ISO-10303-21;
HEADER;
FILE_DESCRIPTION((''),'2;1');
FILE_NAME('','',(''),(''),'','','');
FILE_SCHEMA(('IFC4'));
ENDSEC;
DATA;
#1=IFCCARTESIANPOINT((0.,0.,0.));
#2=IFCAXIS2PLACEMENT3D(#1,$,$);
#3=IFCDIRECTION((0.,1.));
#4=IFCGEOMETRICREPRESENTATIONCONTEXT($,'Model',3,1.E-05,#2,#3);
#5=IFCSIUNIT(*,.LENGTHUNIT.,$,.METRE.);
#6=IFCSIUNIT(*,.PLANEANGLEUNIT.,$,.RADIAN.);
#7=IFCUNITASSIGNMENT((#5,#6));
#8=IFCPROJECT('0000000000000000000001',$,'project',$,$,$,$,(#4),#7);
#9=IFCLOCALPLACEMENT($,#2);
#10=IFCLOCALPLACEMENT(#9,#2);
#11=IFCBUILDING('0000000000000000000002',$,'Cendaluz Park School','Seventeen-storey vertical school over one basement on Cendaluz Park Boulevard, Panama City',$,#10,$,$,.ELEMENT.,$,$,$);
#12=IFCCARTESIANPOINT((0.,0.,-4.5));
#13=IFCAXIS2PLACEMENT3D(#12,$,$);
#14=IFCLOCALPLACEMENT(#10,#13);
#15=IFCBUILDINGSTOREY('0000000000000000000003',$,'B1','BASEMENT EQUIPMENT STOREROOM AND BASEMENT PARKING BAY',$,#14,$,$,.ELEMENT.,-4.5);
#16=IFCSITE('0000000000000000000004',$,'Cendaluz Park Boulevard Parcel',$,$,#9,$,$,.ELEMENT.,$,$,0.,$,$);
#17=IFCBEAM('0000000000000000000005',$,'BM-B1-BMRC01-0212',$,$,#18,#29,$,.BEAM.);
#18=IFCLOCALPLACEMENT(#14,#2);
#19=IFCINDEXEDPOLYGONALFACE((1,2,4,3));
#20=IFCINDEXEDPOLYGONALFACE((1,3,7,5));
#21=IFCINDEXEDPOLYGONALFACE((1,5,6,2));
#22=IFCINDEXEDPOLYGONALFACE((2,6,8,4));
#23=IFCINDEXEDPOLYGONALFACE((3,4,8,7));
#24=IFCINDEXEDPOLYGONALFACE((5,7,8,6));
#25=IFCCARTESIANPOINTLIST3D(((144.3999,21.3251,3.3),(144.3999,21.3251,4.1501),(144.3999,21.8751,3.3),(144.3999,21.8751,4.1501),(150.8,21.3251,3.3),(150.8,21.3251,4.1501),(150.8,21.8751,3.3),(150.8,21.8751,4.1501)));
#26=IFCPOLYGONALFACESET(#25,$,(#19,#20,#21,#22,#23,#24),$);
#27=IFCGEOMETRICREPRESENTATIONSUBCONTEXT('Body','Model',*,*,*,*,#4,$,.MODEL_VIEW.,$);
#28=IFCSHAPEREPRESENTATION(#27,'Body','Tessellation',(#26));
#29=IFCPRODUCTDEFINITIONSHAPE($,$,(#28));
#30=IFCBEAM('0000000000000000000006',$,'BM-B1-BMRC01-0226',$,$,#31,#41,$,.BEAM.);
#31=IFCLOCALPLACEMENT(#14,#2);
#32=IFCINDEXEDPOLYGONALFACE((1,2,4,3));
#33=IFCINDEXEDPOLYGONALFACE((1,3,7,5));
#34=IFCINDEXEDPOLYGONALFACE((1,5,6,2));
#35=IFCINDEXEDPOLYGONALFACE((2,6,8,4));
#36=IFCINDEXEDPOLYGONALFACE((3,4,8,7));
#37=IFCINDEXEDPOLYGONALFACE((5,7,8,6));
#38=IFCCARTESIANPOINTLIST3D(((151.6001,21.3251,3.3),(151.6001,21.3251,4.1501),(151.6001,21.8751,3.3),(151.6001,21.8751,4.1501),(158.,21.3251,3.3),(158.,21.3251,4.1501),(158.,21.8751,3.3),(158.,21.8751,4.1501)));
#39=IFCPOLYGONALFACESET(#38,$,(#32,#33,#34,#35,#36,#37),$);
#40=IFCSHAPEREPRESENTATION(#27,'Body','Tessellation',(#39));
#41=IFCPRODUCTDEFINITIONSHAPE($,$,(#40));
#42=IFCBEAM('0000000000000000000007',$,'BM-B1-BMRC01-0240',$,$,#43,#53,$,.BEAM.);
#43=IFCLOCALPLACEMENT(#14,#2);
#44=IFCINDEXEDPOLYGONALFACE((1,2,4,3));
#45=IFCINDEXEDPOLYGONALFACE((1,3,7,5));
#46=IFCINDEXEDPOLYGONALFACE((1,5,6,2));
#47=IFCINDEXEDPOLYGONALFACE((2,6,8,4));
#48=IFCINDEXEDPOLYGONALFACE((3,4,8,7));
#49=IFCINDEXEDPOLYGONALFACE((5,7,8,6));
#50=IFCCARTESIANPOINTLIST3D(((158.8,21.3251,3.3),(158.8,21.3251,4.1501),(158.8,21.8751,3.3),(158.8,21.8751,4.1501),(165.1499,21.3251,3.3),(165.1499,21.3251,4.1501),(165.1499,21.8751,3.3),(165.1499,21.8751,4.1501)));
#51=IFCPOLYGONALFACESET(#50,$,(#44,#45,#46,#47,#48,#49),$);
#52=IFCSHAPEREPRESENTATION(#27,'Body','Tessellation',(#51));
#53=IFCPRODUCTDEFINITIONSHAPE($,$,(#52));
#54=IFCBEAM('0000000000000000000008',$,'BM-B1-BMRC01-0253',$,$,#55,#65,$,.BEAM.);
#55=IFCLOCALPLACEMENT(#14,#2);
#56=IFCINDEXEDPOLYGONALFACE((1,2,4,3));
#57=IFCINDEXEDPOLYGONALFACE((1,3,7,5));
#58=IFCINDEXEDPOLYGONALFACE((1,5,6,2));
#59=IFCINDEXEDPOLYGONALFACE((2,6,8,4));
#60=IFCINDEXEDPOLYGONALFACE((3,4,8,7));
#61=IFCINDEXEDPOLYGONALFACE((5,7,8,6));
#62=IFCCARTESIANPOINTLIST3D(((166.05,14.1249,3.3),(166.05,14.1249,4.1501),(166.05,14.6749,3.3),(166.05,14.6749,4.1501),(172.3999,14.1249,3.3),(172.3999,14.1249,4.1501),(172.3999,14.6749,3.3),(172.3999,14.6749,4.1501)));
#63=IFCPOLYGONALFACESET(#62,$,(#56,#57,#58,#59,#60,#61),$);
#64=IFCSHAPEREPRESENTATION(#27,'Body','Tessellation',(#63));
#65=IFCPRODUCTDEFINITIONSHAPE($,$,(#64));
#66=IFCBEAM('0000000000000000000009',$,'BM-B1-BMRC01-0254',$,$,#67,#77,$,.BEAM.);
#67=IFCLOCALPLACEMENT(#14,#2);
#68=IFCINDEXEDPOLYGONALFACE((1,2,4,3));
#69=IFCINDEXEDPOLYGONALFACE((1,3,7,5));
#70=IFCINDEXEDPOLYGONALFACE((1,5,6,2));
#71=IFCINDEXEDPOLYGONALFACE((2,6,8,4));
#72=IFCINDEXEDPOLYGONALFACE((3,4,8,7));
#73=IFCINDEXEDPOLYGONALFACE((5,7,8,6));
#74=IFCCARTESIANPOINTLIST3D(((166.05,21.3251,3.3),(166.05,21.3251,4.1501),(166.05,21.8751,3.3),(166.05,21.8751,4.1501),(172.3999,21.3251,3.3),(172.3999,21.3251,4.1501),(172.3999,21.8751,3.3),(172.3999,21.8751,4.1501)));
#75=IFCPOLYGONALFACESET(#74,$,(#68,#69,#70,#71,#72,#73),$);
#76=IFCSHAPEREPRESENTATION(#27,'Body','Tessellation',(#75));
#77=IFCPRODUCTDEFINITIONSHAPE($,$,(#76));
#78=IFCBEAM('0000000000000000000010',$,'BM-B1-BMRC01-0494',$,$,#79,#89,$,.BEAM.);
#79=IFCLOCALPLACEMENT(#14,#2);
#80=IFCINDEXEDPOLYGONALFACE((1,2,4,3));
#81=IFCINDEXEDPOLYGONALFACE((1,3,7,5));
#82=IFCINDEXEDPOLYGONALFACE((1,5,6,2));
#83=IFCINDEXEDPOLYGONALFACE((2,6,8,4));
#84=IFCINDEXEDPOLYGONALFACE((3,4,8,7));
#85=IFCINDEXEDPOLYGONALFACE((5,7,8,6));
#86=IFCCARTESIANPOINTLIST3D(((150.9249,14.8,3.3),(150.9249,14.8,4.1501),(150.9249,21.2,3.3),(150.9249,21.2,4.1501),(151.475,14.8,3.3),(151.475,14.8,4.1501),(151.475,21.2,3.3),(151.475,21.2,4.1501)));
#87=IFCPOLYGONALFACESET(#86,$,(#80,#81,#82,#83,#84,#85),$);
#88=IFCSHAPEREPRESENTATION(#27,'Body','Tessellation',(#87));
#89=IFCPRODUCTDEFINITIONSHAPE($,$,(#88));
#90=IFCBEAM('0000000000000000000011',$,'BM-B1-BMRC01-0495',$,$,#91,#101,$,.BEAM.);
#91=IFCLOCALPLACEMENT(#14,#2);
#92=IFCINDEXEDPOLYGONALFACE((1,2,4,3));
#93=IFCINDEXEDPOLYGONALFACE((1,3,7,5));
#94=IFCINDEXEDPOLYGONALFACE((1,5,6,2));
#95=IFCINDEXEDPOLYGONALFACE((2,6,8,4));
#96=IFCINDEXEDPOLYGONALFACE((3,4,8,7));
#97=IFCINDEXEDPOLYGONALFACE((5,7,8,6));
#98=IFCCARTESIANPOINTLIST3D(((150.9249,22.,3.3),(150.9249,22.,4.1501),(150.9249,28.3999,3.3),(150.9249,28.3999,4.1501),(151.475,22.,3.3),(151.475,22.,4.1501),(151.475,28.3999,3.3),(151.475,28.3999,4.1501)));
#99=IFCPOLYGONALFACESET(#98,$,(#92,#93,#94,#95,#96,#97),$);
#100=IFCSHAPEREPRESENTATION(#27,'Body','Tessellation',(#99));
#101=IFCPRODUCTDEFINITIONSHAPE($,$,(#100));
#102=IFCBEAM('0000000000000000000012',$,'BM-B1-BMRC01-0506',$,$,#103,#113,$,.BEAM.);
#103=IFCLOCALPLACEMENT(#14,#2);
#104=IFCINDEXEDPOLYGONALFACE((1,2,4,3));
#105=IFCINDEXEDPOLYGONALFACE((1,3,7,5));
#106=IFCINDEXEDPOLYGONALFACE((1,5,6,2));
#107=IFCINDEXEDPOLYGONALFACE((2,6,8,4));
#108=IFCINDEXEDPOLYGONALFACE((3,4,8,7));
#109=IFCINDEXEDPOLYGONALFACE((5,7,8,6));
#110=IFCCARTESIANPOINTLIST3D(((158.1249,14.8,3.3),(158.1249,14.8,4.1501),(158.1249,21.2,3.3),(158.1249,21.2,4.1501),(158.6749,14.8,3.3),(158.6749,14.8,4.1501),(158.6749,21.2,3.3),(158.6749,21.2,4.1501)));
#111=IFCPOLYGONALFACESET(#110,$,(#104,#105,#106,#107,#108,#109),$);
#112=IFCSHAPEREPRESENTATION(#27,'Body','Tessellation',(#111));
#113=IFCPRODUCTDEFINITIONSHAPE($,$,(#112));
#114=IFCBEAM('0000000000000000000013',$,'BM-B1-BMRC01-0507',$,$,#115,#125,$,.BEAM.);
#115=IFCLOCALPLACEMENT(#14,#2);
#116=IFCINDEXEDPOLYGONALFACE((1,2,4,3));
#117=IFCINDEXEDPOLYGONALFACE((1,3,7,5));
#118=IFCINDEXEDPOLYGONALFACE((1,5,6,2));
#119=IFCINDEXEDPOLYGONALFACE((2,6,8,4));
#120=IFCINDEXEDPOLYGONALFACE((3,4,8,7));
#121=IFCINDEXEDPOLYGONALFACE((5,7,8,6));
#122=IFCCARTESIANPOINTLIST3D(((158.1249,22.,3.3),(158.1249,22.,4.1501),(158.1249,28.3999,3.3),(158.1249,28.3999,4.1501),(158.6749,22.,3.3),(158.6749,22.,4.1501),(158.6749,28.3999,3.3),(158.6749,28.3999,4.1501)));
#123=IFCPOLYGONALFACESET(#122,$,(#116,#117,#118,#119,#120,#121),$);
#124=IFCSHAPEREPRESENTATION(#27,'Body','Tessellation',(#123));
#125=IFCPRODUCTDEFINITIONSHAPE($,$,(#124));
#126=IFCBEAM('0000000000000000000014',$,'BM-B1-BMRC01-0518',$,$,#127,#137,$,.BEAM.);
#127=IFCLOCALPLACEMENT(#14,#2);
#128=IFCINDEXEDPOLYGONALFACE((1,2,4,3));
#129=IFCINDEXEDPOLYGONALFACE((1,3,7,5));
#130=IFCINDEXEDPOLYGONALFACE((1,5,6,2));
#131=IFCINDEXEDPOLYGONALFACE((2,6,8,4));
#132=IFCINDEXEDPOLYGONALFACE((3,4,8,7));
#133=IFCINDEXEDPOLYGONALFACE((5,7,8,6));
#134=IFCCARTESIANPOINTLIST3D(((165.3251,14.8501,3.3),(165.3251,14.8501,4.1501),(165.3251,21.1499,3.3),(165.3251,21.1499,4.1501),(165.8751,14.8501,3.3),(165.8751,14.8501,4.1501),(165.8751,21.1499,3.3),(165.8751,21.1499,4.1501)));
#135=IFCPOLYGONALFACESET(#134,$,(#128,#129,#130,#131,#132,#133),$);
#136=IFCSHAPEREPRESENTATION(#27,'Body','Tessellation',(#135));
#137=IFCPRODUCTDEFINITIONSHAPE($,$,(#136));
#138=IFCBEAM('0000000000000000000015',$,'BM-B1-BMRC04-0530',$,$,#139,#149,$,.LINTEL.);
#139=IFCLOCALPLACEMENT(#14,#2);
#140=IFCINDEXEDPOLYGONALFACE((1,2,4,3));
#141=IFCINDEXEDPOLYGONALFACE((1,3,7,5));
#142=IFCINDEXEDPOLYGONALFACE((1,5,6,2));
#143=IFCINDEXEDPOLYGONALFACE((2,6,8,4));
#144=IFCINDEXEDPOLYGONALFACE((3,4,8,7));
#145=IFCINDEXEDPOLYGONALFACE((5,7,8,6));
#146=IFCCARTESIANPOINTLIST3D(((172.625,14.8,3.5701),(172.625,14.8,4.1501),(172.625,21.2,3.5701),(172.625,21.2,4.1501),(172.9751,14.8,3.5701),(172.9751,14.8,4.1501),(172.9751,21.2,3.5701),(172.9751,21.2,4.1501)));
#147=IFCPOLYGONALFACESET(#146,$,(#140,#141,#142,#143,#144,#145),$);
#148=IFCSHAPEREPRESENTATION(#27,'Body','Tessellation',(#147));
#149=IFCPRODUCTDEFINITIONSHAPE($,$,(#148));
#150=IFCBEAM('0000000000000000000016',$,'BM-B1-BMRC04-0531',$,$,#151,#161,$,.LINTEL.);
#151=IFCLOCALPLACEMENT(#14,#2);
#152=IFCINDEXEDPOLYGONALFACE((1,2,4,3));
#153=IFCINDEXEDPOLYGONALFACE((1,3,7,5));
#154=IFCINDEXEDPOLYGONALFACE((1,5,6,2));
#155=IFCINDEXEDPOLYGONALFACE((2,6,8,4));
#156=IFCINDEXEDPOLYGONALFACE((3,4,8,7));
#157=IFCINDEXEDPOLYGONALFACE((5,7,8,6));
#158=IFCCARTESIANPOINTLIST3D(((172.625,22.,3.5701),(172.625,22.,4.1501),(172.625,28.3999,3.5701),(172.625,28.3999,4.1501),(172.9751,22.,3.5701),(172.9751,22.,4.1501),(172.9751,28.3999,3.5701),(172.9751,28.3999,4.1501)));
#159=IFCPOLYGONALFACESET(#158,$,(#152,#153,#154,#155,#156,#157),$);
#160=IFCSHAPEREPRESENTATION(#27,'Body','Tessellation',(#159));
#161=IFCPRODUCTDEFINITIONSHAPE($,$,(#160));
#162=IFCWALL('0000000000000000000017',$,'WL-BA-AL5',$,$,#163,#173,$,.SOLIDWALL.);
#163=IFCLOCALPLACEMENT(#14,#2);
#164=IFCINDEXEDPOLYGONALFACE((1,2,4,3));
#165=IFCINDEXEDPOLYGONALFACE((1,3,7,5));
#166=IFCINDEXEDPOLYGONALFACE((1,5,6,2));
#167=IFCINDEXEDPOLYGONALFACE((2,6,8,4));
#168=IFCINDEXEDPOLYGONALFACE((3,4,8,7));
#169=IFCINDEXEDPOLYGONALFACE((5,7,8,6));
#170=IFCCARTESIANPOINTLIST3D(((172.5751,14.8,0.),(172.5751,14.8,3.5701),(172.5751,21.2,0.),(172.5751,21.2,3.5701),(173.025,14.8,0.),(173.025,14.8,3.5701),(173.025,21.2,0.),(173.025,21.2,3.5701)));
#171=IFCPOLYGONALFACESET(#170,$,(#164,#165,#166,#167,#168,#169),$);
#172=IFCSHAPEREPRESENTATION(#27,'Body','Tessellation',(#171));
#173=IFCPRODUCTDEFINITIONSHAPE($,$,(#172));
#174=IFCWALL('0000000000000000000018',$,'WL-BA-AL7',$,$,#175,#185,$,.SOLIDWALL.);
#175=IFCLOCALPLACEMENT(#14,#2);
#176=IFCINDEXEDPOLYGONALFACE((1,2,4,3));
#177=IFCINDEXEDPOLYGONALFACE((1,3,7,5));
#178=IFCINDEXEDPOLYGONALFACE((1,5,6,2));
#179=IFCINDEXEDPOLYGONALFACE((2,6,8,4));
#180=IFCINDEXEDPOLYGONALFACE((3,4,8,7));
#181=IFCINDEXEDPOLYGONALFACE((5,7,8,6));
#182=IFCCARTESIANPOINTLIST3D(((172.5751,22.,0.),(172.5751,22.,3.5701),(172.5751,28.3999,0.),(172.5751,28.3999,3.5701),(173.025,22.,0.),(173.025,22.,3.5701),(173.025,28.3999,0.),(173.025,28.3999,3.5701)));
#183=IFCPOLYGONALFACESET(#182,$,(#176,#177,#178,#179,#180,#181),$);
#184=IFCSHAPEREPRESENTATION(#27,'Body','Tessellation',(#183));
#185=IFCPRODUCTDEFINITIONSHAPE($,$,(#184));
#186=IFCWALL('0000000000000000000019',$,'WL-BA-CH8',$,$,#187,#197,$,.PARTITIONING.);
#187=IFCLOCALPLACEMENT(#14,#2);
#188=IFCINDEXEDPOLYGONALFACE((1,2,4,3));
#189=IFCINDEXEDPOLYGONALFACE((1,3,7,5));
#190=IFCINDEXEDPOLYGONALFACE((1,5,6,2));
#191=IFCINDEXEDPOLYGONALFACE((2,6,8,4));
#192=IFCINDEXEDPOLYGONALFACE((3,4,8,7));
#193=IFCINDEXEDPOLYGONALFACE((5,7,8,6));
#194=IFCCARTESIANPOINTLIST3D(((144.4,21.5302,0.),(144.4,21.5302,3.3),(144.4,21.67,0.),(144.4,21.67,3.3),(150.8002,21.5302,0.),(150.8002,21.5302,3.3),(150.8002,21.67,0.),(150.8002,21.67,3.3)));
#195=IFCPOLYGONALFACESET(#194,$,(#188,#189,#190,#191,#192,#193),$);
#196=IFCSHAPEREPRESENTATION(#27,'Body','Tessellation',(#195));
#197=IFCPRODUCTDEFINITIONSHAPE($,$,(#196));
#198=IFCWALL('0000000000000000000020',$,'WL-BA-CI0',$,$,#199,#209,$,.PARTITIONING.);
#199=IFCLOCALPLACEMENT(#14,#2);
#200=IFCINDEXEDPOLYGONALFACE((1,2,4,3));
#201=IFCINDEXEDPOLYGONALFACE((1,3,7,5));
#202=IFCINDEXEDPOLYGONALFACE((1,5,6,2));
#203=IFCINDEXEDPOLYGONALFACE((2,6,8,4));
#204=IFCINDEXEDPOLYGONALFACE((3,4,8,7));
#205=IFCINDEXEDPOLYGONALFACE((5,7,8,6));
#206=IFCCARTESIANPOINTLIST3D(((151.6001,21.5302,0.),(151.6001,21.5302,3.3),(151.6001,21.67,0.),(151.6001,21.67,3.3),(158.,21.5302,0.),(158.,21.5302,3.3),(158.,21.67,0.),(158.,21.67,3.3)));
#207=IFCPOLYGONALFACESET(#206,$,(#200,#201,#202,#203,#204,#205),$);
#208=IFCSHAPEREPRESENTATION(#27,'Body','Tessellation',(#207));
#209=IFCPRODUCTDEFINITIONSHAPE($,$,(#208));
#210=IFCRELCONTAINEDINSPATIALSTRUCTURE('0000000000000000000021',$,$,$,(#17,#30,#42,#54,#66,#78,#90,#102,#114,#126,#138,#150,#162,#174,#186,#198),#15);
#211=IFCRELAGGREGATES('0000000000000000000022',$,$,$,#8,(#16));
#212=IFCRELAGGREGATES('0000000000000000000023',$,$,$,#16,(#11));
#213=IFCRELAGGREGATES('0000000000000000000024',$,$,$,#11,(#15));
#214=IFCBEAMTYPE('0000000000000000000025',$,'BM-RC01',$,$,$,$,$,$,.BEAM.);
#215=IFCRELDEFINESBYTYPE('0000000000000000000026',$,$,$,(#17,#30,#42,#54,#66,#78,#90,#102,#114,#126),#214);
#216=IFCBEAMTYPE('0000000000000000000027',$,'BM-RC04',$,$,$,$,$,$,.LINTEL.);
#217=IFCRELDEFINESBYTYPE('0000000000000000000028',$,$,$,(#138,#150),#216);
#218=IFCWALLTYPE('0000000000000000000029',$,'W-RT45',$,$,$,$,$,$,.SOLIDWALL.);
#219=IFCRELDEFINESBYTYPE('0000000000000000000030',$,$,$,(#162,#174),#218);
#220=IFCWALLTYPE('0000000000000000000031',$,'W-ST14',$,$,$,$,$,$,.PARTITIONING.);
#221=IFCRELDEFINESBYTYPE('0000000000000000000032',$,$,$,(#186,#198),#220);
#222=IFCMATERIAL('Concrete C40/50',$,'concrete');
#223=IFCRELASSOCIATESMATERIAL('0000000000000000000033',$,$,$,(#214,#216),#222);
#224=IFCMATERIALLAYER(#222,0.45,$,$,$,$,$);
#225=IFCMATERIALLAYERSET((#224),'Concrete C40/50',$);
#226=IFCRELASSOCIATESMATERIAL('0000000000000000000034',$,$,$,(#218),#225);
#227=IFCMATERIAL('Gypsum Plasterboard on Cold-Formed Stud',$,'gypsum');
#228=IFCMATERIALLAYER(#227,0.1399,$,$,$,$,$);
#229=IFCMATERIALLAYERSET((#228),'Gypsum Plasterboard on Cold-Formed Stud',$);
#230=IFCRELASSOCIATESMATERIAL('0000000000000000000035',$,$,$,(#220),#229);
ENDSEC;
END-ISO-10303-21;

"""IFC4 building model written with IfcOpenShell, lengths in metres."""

from ifc_helpers import new_model, si_unit, direction, frame, frame_2d, origin, origin_2d, place, context, subcontext, project, spatial, rectangle, extrude, material, layer, layer_set, material_profile, profile_set, type_object, element, save


model = new_model("IFC4")

# Units and contexts
model_context = context("Model", 3, precision=1e-05, world=origin(), true_north=direction((0.0, 1.0)))
body_context = subcontext(model_context, "Body", "Model", "MODEL_VIEW")
ifc_project = project(units=[si_unit("LENGTHUNIT", "METRE"), si_unit("PLANEANGLEUNIT", "RADIAN")], contexts=[model_context])

# Site, building, storey
site_placement = place(None, origin())
site = spatial("IfcSite", under=ifc_project, at=site_placement, Name="Cendaluz Park Boulevard Parcel", CompositionType="ELEMENT", RefElevation=0.0)
building_placement = place(site_placement, origin())
building = spatial("IfcBuilding", under=site, at=building_placement, Name="Cendaluz Park School", Description="Seventeen-storey vertical school over one basement on Cendaluz Park Boulevard, Panama City", CompositionType="ELEMENT")
storey_placement = place(building_placement, frame((0.0, 0.0, -4.5)))
storey = spatial("IfcBuildingStorey", under=building, at=storey_placement, Name="B1", Description="BASEMENT EQUIPMENT STOREROOM AND BASEMENT PARKING BAY", CompositionType="ELEMENT", Elevation=-4.5)

# Shared definitions
ifc_material_1 = material(Name="Concrete C40/50", Category="concrete")

# Beams
ifc_material_profile_1 = material_profile(ifc_material_1, rectangle(XDim=0.55, YDim=0.8501, at=origin_2d()), Name="RC 550x850", Category="concrete")
ifc_profile_set_1 = profile_set([ifc_material_profile_1], Name="Concrete C40/50")
beam_type_1 = type_object("IfcBeamType", Name="BM-RC01", PredefinedType="BEAM", material=ifc_profile_set_1)
beam_1_placement = place(storey_placement, frame((144.3999, 21.6001, 3.7251), z_axis=(1.0, 0.0, 0.0), x_axis=(0.0, 1.0, 0.0)))
element("IfcBeam", 1, at=beam_1_placement, inside=storey, type_object=beam_type_1, Name="BM-B1-BMRC01-0212", PredefinedType="BEAM", context=body_context, shape_type="SweptSolid", body=[
    extrude(rectangle(XDim=0.55, YDim=0.8501, at=origin_2d()), origin(), (0.0, 0.0, 1.0), 6.4001),
])
beam_2_placement = place(storey_placement, frame((151.6001, 21.6001, 3.7251), z_axis=(1.0, 0.0, 0.0), x_axis=(0.0, 1.0, 0.0)))
element("IfcBeam", 2, at=beam_2_placement, inside=storey, type_object=beam_type_1, Name="BM-B1-BMRC01-0226", PredefinedType="BEAM", context=body_context, shape_type="SweptSolid", body=[
    extrude(rectangle(XDim=0.55, YDim=0.8501, at=origin_2d()), origin(), (0.0, 0.0, 1.0), 6.3999),
])
for number, where, z_axis, x_axis, name in (
    (3, (158.8, 21.6001, 3.7251), (1.0, 0.0, 0.0), (0.0, 1.0, 0.0), "BM-B1-BMRC01-0240"),
    (4, (166.05, 14.3999, 3.7251), (1.0, 0.0, 0.0), (0.0, 1.0, 0.0), "BM-B1-BMRC01-0253"),
    (5, (166.05, 21.6001, 3.7251), (1.0, 0.0, 0.0), (0.0, 1.0, 0.0), "BM-B1-BMRC01-0254"),
):
    element("IfcBeam", number, at=place(storey_placement, frame(where, z_axis=z_axis, x_axis=x_axis)), inside=storey, type_object=beam_type_1, Name=name, PredefinedType="BEAM", context=body_context, shape_type="SweptSolid", body=[
        extrude(rectangle(XDim=0.55, YDim=0.8501, at=origin_2d()), origin(), (0.0, 0.0, 1.0), 6.3499),
    ])
for number, where, z_axis, x_axis, name in (
    (6, (151.2, 14.8, 3.7251), (0.0, 1.0, 0.0), (-1.0, 0.0, 0.0), "BM-B1-BMRC01-0494"),
    (7, (151.2, 22.0, 3.7251), (0.0, 1.0, 0.0), (-1.0, 0.0, 0.0), "BM-B1-BMRC01-0495"),
    (8, (158.3999, 14.8, 3.7251), (0.0, 1.0, 0.0), (-1.0, 0.0, 0.0), "BM-B1-BMRC01-0506"),
    (9, (158.3999, 22.0, 3.7251), (0.0, 1.0, 0.0), (-1.0, 0.0, 0.0), "BM-B1-BMRC01-0507"),
):
    element("IfcBeam", number, at=place(storey_placement, frame(where, z_axis=z_axis, x_axis=x_axis)), inside=storey, type_object=beam_type_1, Name=name, PredefinedType="BEAM", context=body_context, shape_type="SweptSolid", body=[
        extrude(rectangle(XDim=0.55, YDim=0.8501, at=origin_2d()), origin(), (0.0, 0.0, 1.0), 6.3999),
    ])
beam_3_placement = place(storey_placement, frame((165.6001, 14.8501, 3.7251), z_axis=(0.0, 1.0, 0.0), x_axis=(-1.0, 0.0, 0.0)))
element("IfcBeam", 10, at=beam_3_placement, inside=storey, type_object=beam_type_1, Name="BM-B1-BMRC01-0518", PredefinedType="BEAM", context=body_context, shape_type="SweptSolid", body=[
    extrude(rectangle(XDim=0.55, YDim=0.8501, at=origin_2d()), origin(), (0.0, 0.0, 1.0), 6.2998),
])
ifc_material_profile_2 = material_profile(ifc_material_1, rectangle(XDim=0.3501, YDim=0.5801, at=origin_2d()), Name="RC 350x580", Category="concrete")
ifc_profile_set_2 = profile_set([ifc_material_profile_2], Name="Concrete C40/50")
beam_type_2 = type_object("IfcBeamType", Name="BM-RC04", PredefinedType="LINTEL", material=ifc_profile_set_2)
for number, where, z_axis, x_axis, name in (
    (11, (172.8, 14.8, 3.8601), (0.0, 1.0, 0.0), (-1.0, 0.0, 0.0), "BM-B1-BMRC04-0530"),
    (12, (172.8, 22.0, 3.8601), (0.0, 1.0, 0.0), (-1.0, 0.0, 0.0), "BM-B1-BMRC04-0531"),
):
    element("IfcBeam", number, at=place(storey_placement, frame(where, z_axis=z_axis, x_axis=x_axis)), inside=storey, type_object=beam_type_2, Name=name, PredefinedType="LINTEL", context=body_context, shape_type="SweptSolid", body=[
        extrude(rectangle(XDim=0.3501, YDim=0.5801, at=origin_2d()), origin(), (0.0, 0.0, 1.0), 6.3999),
    ])

# Walls
ifc_layer_1 = layer(ifc_material_1, 0.45)
ifc_layer_set_1 = layer_set([ifc_layer_1], Name="Concrete C40/50")
wall_type_1 = type_object("IfcWallType", Name="W-RT45", PredefinedType="SOLIDWALL", material=ifc_layer_set_1)
for number, where, z_axis, x_axis, name in (
    (13, (172.8, 14.8, 0.0), (0.0, 0.0, 1.0), (0.0, 1.0, 0.0), "WL-BA-AL5"),
    (14, (172.8, 22.0, 0.0), (0.0, 0.0, 1.0), (0.0, 1.0, 0.0), "WL-BA-AL7"),
):
    element("IfcWall", number, at=place(storey_placement, frame(where, z_axis=z_axis, x_axis=x_axis)), inside=storey, type_object=wall_type_1, Name=name, PredefinedType="SOLIDWALL", context=body_context, shape_type="SweptSolid", body=[
        extrude(rectangle(XDim=6.3999, YDim=0.45, at=frame_2d((3.2, 0.0))), origin(), (0.0, 0.0, 1.0), 3.5701),
    ])
ifc_material_2 = material(Name="Gypsum Plasterboard on Cold-Formed Stud", Category="gypsum")
ifc_layer_2 = layer(ifc_material_2, 0.1399)
ifc_layer_set_2 = layer_set([ifc_layer_2], Name="Gypsum Plasterboard on Cold-Formed Stud")
wall_type_2 = type_object("IfcWallType", Name="W-ST14", PredefinedType="PARTITIONING", material=ifc_layer_set_2)
wall_1_placement = place(storey_placement, frame((144.3999, 21.6001, 0.0), z_axis=(0.0, 0.0, 1.0), x_axis=(1.0, 0.0, 0.0)))
element("IfcWall", 15, at=wall_1_placement, inside=storey, type_object=wall_type_2, Name="WL-BA-CH8", PredefinedType="PARTITIONING", context=body_context, shape_type="SweptSolid", body=[
    extrude(rectangle(XDim=6.4001, YDim=0.1399, at=frame_2d((3.2002, 0.0))), origin(), (0.0, 0.0, 1.0), 3.3),
])
for number, where, z_axis, x_axis, name in (
    (16, (151.6001, 21.6001, 0.0), (0.0, 0.0, 1.0), (1.0, 0.0, 0.0), "WL-BA-CI0"),
):
    element("IfcWall", number, at=place(storey_placement, frame(where, z_axis=z_axis, x_axis=x_axis)), inside=storey, type_object=wall_type_2, Name=name, PredefinedType="PARTITIONING", context=body_context, shape_type="SweptSolid", body=[
        extrude(rectangle(XDim=6.3999, YDim=0.1399, at=frame_2d((3.2, 0.0))), origin(), (0.0, 0.0, 1.0), 3.3),
    ])

save(model, "model.ifc")
